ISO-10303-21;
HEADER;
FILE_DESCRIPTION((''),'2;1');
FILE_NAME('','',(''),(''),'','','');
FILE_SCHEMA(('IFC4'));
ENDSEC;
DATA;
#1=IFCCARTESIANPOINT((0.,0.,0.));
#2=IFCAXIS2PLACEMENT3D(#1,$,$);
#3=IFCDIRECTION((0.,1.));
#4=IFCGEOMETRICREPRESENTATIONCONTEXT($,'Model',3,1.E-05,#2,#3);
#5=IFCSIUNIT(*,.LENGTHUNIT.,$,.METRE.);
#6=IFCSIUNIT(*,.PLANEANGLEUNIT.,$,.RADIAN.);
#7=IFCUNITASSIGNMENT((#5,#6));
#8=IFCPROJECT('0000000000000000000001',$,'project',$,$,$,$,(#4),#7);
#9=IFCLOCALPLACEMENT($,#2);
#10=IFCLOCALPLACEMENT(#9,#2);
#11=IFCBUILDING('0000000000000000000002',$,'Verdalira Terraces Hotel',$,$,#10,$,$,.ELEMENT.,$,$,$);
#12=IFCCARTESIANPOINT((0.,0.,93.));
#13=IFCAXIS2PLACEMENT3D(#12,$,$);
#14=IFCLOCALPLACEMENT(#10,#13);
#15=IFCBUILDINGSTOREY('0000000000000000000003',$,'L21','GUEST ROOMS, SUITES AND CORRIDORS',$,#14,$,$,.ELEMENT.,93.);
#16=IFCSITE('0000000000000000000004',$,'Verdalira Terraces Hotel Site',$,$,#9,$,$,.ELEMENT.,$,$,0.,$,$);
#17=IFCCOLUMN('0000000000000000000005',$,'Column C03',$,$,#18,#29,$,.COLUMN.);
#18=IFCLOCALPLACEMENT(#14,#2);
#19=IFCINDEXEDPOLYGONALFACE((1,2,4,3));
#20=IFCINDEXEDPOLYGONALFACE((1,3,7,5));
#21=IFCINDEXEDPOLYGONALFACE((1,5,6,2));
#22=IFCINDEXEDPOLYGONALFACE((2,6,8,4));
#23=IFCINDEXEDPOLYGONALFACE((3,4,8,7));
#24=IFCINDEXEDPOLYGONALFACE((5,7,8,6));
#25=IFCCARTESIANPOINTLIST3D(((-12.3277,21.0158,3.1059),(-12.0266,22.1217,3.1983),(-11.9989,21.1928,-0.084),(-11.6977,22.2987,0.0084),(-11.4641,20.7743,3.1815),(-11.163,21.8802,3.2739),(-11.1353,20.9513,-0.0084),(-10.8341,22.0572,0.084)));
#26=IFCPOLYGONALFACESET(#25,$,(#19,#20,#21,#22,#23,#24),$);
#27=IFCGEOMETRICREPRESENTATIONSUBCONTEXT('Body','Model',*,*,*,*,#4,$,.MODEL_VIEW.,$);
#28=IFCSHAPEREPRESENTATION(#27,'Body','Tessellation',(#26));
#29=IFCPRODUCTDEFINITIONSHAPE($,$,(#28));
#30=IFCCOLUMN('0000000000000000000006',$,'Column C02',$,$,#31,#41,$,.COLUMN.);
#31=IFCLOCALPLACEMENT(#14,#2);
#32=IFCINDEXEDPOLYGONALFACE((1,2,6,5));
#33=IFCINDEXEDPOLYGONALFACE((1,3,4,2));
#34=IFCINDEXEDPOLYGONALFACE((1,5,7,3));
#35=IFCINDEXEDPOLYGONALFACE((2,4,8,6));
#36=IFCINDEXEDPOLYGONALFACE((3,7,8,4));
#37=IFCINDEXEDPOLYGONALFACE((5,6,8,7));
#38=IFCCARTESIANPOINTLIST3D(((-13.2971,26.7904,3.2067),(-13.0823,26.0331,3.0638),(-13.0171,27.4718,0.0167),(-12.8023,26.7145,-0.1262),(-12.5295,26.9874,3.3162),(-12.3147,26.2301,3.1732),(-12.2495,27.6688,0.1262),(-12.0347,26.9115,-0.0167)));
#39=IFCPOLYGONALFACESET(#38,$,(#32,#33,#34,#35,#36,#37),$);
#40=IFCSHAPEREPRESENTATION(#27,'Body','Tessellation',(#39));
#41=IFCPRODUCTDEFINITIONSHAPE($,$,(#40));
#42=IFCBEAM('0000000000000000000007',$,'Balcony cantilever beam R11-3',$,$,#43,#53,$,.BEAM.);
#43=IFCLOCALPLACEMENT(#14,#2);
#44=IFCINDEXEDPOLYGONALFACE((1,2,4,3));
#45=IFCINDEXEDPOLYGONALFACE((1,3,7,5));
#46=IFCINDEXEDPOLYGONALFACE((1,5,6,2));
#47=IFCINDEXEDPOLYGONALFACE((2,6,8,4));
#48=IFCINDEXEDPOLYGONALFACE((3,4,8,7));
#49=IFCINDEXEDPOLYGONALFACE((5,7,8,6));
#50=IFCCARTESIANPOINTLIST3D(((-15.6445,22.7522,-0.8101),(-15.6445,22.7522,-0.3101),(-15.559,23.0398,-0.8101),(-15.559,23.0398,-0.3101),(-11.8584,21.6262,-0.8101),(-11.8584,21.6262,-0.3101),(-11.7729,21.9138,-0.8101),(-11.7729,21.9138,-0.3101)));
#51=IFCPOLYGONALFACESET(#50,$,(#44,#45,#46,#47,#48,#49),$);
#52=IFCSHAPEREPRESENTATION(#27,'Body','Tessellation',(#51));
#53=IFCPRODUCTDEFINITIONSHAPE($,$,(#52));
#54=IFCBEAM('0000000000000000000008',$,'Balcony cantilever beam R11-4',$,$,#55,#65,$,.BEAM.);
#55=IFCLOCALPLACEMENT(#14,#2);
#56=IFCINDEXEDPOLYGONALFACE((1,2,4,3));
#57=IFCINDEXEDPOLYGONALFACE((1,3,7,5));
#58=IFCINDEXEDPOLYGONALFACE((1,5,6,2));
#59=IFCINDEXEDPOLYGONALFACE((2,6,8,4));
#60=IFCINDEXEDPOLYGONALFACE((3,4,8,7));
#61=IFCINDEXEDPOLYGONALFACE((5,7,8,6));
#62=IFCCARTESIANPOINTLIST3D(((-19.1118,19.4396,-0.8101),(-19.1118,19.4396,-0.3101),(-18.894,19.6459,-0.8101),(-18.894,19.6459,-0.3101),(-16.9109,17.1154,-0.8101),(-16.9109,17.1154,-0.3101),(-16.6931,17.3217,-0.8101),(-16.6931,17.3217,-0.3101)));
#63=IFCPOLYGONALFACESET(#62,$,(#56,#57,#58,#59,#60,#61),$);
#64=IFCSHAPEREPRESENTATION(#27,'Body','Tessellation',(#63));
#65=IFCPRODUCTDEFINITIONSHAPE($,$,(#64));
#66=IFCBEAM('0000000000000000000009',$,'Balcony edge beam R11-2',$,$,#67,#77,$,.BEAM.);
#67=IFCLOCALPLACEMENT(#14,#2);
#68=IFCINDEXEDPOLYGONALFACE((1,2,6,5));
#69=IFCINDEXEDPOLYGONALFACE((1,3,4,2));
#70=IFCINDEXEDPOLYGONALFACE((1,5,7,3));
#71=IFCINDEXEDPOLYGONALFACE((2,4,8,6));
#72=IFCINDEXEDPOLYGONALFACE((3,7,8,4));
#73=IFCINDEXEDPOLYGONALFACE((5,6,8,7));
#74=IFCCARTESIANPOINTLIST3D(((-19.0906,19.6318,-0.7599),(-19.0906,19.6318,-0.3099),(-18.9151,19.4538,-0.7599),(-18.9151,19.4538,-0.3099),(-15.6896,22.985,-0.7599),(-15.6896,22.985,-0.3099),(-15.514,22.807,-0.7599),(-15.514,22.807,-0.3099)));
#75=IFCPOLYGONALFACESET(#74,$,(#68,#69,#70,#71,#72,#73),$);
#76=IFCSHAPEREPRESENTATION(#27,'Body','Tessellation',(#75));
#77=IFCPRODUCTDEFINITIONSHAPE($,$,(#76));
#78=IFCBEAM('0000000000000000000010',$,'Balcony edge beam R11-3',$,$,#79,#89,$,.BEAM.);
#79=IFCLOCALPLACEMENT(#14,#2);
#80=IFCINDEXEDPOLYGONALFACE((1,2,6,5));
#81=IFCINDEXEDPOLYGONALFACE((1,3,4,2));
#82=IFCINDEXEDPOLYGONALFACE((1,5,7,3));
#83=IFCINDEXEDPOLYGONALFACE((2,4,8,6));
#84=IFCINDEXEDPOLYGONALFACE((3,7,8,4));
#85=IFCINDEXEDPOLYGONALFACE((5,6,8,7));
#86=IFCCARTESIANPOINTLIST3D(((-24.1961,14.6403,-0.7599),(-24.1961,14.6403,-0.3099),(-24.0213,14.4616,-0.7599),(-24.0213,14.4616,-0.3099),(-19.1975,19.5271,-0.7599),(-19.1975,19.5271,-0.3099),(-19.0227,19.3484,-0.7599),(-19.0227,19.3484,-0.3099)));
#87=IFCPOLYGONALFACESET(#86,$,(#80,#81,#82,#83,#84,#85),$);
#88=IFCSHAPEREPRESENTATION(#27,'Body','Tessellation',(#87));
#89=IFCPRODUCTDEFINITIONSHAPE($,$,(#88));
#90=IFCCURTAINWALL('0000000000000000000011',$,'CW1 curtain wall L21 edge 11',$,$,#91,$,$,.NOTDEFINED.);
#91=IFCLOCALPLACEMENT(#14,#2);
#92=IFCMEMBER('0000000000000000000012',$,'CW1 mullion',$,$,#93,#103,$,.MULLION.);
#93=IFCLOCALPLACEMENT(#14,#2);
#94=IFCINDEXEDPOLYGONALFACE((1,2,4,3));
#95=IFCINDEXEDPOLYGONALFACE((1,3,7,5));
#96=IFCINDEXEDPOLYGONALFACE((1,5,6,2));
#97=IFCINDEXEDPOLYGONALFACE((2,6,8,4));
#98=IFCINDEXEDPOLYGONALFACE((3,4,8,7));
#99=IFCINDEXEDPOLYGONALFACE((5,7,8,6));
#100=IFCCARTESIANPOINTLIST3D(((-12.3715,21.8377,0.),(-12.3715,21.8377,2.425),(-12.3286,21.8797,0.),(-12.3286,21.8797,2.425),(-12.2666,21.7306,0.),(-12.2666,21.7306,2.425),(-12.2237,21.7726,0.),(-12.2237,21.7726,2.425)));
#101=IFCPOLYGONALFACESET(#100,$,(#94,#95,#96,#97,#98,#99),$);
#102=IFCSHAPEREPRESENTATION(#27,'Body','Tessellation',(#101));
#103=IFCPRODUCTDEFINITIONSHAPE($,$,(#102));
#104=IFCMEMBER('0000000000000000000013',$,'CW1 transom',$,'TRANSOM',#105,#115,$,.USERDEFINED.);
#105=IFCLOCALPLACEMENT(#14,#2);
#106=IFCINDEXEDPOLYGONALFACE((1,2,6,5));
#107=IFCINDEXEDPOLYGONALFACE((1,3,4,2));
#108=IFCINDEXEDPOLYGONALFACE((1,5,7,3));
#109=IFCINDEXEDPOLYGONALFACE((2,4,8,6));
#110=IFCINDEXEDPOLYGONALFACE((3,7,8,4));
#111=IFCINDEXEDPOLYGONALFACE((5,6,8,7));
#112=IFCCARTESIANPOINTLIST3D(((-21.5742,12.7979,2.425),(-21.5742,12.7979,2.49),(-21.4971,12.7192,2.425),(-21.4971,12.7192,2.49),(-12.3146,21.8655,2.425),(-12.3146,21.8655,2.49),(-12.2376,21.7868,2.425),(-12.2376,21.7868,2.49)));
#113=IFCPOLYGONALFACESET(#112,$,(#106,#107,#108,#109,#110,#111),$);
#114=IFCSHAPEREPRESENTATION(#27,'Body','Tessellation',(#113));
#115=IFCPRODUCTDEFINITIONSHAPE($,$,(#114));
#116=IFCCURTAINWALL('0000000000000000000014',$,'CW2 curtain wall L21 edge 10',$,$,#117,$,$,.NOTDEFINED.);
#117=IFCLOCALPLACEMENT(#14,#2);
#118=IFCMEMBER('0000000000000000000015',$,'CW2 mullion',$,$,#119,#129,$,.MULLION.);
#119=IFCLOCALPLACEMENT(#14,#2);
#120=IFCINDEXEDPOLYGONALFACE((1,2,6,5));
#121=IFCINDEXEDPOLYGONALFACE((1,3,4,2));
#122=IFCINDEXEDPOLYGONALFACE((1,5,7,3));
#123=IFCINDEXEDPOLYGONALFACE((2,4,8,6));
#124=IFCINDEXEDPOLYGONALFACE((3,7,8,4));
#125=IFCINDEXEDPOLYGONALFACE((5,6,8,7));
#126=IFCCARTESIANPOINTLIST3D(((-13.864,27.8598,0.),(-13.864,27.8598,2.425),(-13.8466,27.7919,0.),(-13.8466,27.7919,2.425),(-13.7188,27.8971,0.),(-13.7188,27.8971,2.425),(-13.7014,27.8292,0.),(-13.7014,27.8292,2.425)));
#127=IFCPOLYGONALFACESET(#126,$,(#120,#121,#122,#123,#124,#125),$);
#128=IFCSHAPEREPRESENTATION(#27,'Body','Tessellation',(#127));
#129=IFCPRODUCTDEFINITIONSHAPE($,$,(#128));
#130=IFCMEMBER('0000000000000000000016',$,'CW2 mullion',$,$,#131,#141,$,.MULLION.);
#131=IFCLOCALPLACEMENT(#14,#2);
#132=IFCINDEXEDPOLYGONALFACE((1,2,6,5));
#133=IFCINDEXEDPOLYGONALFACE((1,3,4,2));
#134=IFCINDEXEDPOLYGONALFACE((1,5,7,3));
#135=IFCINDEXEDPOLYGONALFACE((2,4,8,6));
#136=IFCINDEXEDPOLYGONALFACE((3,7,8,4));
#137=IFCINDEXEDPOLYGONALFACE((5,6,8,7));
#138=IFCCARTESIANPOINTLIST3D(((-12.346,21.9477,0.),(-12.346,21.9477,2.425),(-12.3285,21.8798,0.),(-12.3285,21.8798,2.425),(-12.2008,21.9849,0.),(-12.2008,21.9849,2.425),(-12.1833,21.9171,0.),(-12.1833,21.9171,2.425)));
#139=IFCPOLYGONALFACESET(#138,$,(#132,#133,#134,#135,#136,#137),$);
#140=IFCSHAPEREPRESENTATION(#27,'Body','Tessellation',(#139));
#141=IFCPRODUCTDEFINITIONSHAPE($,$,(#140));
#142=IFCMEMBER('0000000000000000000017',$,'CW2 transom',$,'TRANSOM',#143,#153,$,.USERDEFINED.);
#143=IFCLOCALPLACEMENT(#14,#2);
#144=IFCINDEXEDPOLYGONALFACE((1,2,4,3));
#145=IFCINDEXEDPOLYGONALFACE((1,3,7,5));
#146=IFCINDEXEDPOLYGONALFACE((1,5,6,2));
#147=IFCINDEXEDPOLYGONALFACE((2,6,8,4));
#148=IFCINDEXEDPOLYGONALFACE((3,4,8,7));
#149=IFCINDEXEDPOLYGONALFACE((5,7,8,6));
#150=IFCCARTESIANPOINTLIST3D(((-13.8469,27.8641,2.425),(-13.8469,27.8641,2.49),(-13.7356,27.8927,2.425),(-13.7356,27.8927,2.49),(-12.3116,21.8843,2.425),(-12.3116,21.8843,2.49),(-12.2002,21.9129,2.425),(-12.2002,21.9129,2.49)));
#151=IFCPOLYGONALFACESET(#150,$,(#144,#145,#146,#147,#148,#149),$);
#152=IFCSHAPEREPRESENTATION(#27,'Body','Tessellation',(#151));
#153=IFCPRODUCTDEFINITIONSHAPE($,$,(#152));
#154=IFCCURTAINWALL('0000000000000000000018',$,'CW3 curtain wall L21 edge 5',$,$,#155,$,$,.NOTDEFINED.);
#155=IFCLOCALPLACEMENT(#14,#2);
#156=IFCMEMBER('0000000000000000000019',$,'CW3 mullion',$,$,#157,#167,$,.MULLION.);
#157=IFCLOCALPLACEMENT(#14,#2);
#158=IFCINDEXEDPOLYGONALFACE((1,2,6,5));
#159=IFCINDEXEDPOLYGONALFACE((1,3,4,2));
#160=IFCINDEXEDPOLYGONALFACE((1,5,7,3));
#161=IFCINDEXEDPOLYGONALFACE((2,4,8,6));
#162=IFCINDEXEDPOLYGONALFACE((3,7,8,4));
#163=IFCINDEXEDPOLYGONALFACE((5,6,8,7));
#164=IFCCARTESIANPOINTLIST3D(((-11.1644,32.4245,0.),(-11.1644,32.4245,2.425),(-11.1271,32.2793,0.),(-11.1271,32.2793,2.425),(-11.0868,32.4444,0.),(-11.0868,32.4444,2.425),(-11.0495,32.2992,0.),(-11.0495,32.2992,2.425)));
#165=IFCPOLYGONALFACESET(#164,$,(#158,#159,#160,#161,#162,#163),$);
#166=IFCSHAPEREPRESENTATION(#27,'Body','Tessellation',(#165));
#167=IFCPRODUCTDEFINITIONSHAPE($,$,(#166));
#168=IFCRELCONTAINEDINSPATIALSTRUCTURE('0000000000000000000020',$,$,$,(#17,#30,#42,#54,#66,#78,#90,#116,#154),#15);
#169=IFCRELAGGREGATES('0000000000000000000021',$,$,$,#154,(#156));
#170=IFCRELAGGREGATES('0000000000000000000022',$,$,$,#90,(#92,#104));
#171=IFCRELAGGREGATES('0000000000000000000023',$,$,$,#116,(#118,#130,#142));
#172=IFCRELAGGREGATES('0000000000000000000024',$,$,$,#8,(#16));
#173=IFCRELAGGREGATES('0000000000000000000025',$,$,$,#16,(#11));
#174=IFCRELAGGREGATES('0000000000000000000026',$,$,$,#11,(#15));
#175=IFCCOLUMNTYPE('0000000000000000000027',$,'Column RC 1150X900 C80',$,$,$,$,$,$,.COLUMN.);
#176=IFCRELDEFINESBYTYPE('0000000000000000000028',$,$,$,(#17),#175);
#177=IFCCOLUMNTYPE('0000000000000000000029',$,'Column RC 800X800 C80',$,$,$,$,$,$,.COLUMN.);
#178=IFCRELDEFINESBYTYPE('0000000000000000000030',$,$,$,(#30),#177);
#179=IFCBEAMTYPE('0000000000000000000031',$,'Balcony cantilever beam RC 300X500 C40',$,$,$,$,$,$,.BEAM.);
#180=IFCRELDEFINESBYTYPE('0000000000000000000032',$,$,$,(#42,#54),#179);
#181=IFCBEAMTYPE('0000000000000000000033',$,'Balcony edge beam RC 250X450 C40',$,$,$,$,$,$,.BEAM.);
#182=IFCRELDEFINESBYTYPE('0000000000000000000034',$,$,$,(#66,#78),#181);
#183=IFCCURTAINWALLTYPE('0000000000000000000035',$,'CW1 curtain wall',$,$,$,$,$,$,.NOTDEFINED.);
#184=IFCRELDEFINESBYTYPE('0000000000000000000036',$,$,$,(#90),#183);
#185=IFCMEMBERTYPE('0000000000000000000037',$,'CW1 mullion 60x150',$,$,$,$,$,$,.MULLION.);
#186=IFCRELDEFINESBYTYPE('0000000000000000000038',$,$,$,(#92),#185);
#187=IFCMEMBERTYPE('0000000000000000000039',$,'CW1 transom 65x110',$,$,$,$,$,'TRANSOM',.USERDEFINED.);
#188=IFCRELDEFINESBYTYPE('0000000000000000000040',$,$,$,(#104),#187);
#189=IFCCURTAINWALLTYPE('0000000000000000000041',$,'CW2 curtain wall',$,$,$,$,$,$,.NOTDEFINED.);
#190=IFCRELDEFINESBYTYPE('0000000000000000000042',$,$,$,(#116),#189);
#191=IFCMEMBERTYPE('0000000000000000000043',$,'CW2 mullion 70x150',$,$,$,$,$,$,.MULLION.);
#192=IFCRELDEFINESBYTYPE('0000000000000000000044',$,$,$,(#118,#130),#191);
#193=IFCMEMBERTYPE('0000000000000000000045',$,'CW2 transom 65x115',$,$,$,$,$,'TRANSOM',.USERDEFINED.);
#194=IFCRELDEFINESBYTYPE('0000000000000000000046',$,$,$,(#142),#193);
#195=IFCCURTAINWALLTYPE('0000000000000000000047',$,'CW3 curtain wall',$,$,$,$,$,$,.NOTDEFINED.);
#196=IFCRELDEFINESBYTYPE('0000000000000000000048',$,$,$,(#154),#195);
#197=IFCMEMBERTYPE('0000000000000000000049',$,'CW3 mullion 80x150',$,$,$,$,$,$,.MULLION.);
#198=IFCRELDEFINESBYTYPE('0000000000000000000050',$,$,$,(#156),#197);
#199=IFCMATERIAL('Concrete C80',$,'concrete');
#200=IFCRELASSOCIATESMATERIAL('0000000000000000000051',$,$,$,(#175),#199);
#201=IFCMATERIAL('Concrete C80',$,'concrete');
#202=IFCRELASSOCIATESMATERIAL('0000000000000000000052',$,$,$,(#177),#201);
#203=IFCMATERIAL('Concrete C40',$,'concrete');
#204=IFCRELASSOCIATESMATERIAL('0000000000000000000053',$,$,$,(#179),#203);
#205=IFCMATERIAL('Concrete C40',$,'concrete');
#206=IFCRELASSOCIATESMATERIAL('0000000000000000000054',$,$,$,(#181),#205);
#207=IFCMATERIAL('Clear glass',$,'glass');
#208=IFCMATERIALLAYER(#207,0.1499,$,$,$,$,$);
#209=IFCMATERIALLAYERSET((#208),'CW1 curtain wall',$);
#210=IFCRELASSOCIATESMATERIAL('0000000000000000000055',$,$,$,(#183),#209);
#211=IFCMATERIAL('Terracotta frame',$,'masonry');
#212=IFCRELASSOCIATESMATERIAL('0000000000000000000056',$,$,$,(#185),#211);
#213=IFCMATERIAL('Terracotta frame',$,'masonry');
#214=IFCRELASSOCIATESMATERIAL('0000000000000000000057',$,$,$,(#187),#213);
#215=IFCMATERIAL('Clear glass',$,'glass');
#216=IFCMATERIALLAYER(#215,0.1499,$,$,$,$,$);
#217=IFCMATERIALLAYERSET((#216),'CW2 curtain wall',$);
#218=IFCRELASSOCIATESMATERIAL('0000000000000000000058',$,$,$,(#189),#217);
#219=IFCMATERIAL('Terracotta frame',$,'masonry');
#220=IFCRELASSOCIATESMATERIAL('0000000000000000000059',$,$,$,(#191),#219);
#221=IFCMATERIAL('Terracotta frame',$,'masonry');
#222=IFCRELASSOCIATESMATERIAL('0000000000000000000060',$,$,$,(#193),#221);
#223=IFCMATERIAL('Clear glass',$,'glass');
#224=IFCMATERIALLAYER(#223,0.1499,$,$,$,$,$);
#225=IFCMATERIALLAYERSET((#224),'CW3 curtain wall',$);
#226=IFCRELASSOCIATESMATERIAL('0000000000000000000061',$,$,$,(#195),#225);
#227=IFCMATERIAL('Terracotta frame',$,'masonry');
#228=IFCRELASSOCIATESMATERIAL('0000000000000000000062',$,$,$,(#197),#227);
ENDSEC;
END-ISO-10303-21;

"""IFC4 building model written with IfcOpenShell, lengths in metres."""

from ifc_helpers import new_model, si_unit, direction, frame, origin, origin_2d, place, context, subcontext, project, spatial, rectangle, extrude, material, layer, layer_set, material_profile, profile_set, type_object, element, aggregate, save


model = new_model("IFC4")

# Units and contexts
model_context = context("Model", 3, precision=1e-05, world=origin(), true_north=direction((0.0, 1.0)))
body_context = subcontext(model_context, "Body", "Model", "MODEL_VIEW")
ifc_project = project(units=[si_unit("LENGTHUNIT", "METRE"), si_unit("PLANEANGLEUNIT", "RADIAN")], contexts=[model_context])

# Site, building, storey
site_placement = place(None, origin())
site = spatial("IfcSite", under=ifc_project, at=site_placement, Name="Verdalira Terraces Hotel Site", CompositionType="ELEMENT", RefElevation=0.0)
building_placement = place(site_placement, origin())
building = spatial("IfcBuilding", under=site, at=building_placement, Name="Verdalira Terraces Hotel", CompositionType="ELEMENT")
storey_placement = place(building_placement, frame((0.0, 0.0, 93.0)))
storey = spatial("IfcBuildingStorey", under=building, at=storey_placement, Name="L21", Description="GUEST ROOMS, SUITES AND CORRIDORS", CompositionType="ELEMENT", Elevation=93.0)

# Columns
ifc_material_1 = material(Name="Concrete C80", Category="concrete")
ifc_material_profile_1 = material_profile(ifc_material_1, rectangle(XDim=1.1499, YDim=0.8999, at=origin_2d()), Name="RC 1150X900")
ifc_profile_set_1 = profile_set([ifc_material_profile_1], Name="Concrete C80")
column_type_1 = type_object("IfcColumnType", Name="Column RC 1150X900 C80", PredefinedType="COLUMN", material=ifc_profile_set_1)
column_1_placement = place(storey_placement, frame((-11.4165, 21.625, 0.0), z_axis=(-0.102393, -0.055111, 0.993216), x_axis=(0.26186, 0.961754, 0.080361)))
element("IfcColumn", 1, at=column_1_placement, inside=storey, type_object=column_type_1, Name="Column C03", PredefinedType="COLUMN", context=body_context, shape_type="SweptSolid", body=[
    extrude(rectangle(XDim=1.1499, YDim=0.8999, at=origin_2d()), origin(), (0.0, 0.0, 1.0), 3.2117),
])
ifc_material_2 = material(Name="Concrete C80", Category="concrete")
ifc_material_profile_2 = material_profile(ifc_material_2, rectangle(XDim=0.8, YDim=0.8, at=origin_2d()), Name="RC 800X800")
ifc_profile_set_2 = profile_set([ifc_material_profile_2], Name="Concrete C80")
column_type_2 = type_object("IfcColumnType", Name="Column RC 800X800 C80", PredefinedType="COLUMN", material=ifc_profile_set_2)
column_2_placement = place(storey_placement, frame((-12.5259, 27.1916, 0.0), z_axis=(-0.085534, -0.20813, 0.974354), x_axis=(0.268484, -0.946577, -0.178627)))
element("IfcColumn", 2, at=column_2_placement, inside=storey, type_object=column_type_2, Name="Column C02", PredefinedType="COLUMN", context=body_context, shape_type="SweptSolid", body=[
    extrude(rectangle(XDim=0.8, YDim=0.8, at=origin_2d()), origin(), (0.0, 0.0, 1.0), 3.2739),
])

# Beams
ifc_material_3 = material(Name="Concrete C40", Category="concrete")
ifc_material_profile_3 = material_profile(ifc_material_3, rectangle(XDim=0.3, YDim=0.5, at=origin_2d()), Name="RC 300X500")
ifc_profile_set_3 = profile_set([ifc_material_profile_3], Name="Concrete C40")
beam_type_1 = type_object("IfcBeamType", Name="Balcony cantilever beam RC 300X500 C40", PredefinedType="BEAM", material=ifc_profile_set_3)
beam_1_placement = place(storey_placement, frame((-11.8157, 21.77, -0.5601), z_axis=(-0.958511, 0.285056, 0.0), x_axis=(-0.285056, -0.958511, 0.0)))
element("IfcBeam", 3, at=beam_1_placement, inside=storey, type_object=beam_type_1, Name="Balcony cantilever beam R11-3", PredefinedType="BEAM", context=body_context, shape_type="SweptSolid", body=[
    extrude(rectangle(XDim=0.3, YDim=0.5, at=origin_2d()), origin(), (0.0, 0.0, 1.0), 3.95),
])
beam_2_placement = place(storey_placement, frame((-16.802, 17.2185, -0.5601), z_axis=(-0.687586, 0.726103, 0.0), x_axis=(-0.726103, -0.687586, 0.0)))
element("IfcBeam", 4, at=beam_2_placement, inside=storey, type_object=beam_type_1, Name="Balcony cantilever beam R11-4", PredefinedType="BEAM", context=body_context, shape_type="SweptSolid", body=[
    extrude(rectangle(XDim=0.3, YDim=0.5, at=origin_2d()), origin(), (0.0, 0.0, 1.0), 3.2009),
])
ifc_material_4 = material(Name="Concrete C40", Category="concrete")
ifc_material_profile_4 = material_profile(ifc_material_4, rectangle(XDim=0.25, YDim=0.45, at=origin_2d()), Name="RC 250X450")
ifc_profile_set_4 = profile_set([ifc_material_profile_4], Name="Concrete C40")
beam_type_2 = type_object("IfcBeamType", Name="Balcony edge beam RC 250X450 C40", PredefinedType="BEAM", material=ifc_profile_set_4)
beam_3_placement = place(storey_placement, frame((-15.6018, 22.896, -0.5349), z_axis=(-0.712098, -0.70208, 0.0), x_axis=(0.70208, -0.712098, 0.0)))
element("IfcBeam", 5, at=beam_3_placement, inside=storey, type_object=beam_type_2, Name="Balcony edge beam R11-2", PredefinedType="BEAM", context=body_context, shape_type="SweptSolid", body=[
    extrude(rectangle(XDim=0.25, YDim=0.45, at=origin_2d()), origin(), (0.0, 0.0, 1.0), 4.7761),
])
beam_4_placement = place(storey_placement, frame((-19.1101, 19.4377, -0.5349), z_axis=(-0.715059, -0.699064, 0.0), x_axis=(0.699064, -0.715059, 0.0)))
element("IfcBeam", 6, at=beam_4_placement, inside=storey, type_object=beam_type_2, Name="Balcony edge beam R11-3", PredefinedType="BEAM", context=body_context, shape_type="SweptSolid", body=[
    extrude(rectangle(XDim=0.25, YDim=0.45, at=origin_2d()), origin(), (0.0, 0.0, 1.0), 6.9905),
])

# Curtain walls, members
ifc_material_5 = material(Name="Clear glass", Category="glass")
ifc_layer_1 = layer(ifc_material_5, 0.1499)
ifc_layer_set_1 = layer_set([ifc_layer_1], Name="CW1 curtain wall")
curtain_wall_type_1 = type_object("IfcCurtainWallType", Name="CW1 curtain wall", PredefinedType="NOTDEFINED", material=ifc_layer_set_1)
curtain_wall_1_placement = place(storey_placement, origin())
curtain_wall_1 = element("IfcCurtainWall", 7, at=curtain_wall_1_placement, inside=storey, type_object=curtain_wall_type_1, Name="CW1 curtain wall L21 edge 11", PredefinedType="NOTDEFINED")
ifc_material_6 = material(Name="Terracotta frame", Category="masonry")
ifc_material_profile_5 = material_profile(ifc_material_6, rectangle(XDim=0.0601, YDim=0.1499, at=origin_2d()), Name="MU 60x150")
ifc_profile_set_5 = profile_set([ifc_material_profile_5], Name="Terracotta frame")
member_type_1 = type_object("IfcMemberType", Name="CW1 mullion 60x150", PredefinedType="MULLION", material=ifc_profile_set_5)
member_1_placement = place(storey_placement, frame((-12.2976, 21.8052, 0.0), z_axis=(0.0, 0.0, 1.0), x_axis=(-0.714473, -0.699663, 0.0)))
member_1 = element("IfcMember", 8, at=member_1_placement, type_object=member_type_1, Name="CW1 mullion", PredefinedType="MULLION", context=body_context, shape_type="SweptSolid", body=[
    extrude(rectangle(XDim=0.0601, YDim=0.1499, at=origin_2d()), origin(), (0.0, 0.0, 1.0), 2.425),
])
ifc_material_7 = material(Name="Terracotta frame", Category="masonry")
ifc_material_profile_6 = material_profile(ifc_material_7, rectangle(XDim=0.1101, YDim=0.0649, at=origin_2d()), Name="TR 65x110")
ifc_profile_set_6 = profile_set([ifc_material_profile_6], Name="Terracotta frame")
member_type_2 = type_object("IfcMemberType", Name="CW1 transom 65x110", ElementType="TRANSOM", PredefinedType="USERDEFINED", material=ifc_profile_set_6)
member_2_placement = place(storey_placement, frame((-12.2761, 21.8262, 2.4575), z_axis=(-0.714471, -0.699665, 0.0), x_axis=(0.699665, -0.714471, 0.0)))
member_2 = element("IfcMember", 9, at=member_2_placement, type_object=member_type_2, Name="CW1 transom", ObjectType="TRANSOM", PredefinedType="USERDEFINED", context=body_context, shape_type="SweptSolid", body=[
    extrude(rectangle(XDim=0.1101, YDim=0.0649, at=origin_2d()), origin(), (0.0, 0.0, 1.0), 12.96),
])
ifc_material_8 = material(Name="Clear glass", Category="glass")
ifc_layer_2 = layer(ifc_material_8, 0.1499)
ifc_layer_set_2 = layer_set([ifc_layer_2], Name="CW2 curtain wall")
curtain_wall_type_2 = type_object("IfcCurtainWallType", Name="CW2 curtain wall", PredefinedType="NOTDEFINED", material=ifc_layer_set_2)
curtain_wall_2_placement = place(storey_placement, origin())
curtain_wall_2 = element("IfcCurtainWall", 10, at=curtain_wall_2_placement, inside=storey, type_object=curtain_wall_type_2, Name="CW2 curtain wall L21 edge 10", PredefinedType="NOTDEFINED")
ifc_material_9 = material(Name="Terracotta frame", Category="masonry")
ifc_material_profile_7 = material_profile(ifc_material_9, rectangle(XDim=0.0701, YDim=0.1499, at=origin_2d()), Name="MU 70x150")
ifc_profile_set_7 = profile_set([ifc_material_profile_7], Name="Terracotta frame")
member_type_3 = type_object("IfcMemberType", Name="CW2 mullion 70x150", PredefinedType="MULLION", material=ifc_profile_set_7)
member_3_placement = place(storey_placement, frame((-13.7827, 27.8445, 0.0), z_axis=(0.0, 0.0, 1.0), x_axis=(0.24869, -0.968583, 0.0)))
member_3 = element("IfcMember", 11, at=member_3_placement, type_object=member_type_3, Name="CW2 mullion", PredefinedType="MULLION", context=body_context, shape_type="SweptSolid", body=[
    extrude(rectangle(XDim=0.0701, YDim=0.1499, at=origin_2d()), origin(), (0.0, 0.0, 1.0), 2.425),
])
member_4_placement = place(storey_placement, frame((-12.2646, 21.9324, 0.0), z_axis=(0.0, 0.0, 1.0), x_axis=(0.24869, -0.968583, 0.0)))
member_4 = element("IfcMember", 12, at=member_4_placement, type_object=member_type_3, Name="CW2 mullion", PredefinedType="MULLION", context=body_context, shape_type="SweptSolid", body=[
    extrude(rectangle(XDim=0.0701, YDim=0.1499, at=origin_2d()), origin(), (0.0, 0.0, 1.0), 2.425),
])
ifc_material_10 = material(Name="Terracotta frame", Category="masonry")
ifc_material_profile_8 = material_profile(ifc_material_10, rectangle(XDim=0.115, YDim=0.0649, at=origin_2d()), Name="TR 65x115")
ifc_profile_set_8 = profile_set([ifc_material_profile_8], Name="Terracotta frame")
member_type_4 = type_object("IfcMemberType", Name="CW2 transom 65x115", ElementType="TRANSOM", PredefinedType="USERDEFINED", material=ifc_profile_set_8)
member_5_placement = place(storey_placement, frame((-13.7913, 27.8784, 2.4575), z_axis=(0.24869, -0.968583, 0.0), x_axis=(0.968583, 0.24869, 0.0)))
member_5 = element("IfcMember", 13, at=member_5_placement, type_object=member_type_4, Name="CW2 transom", ObjectType="TRANSOM", PredefinedType="USERDEFINED", context=body_context, shape_type="SweptSolid", body=[
    extrude(rectangle(XDim=0.115, YDim=0.0649, at=origin_2d()), origin(), (0.0, 0.0, 1.0), 6.1738),
])

# Curtain wall, member
ifc_material_11 = material(Name="Clear glass", Category="glass")
ifc_layer_3 = layer(ifc_material_11, 0.1499)
ifc_layer_set_3 = layer_set([ifc_layer_3], Name="CW3 curtain wall")
curtain_wall_type_3 = type_object("IfcCurtainWallType", Name="CW3 curtain wall", PredefinedType="NOTDEFINED", material=ifc_layer_set_3)
curtain_wall_3_placement = place(storey_placement, origin())
curtain_wall_3 = element("IfcCurtainWall", 14, at=curtain_wall_3_placement, inside=storey, type_object=curtain_wall_type_3, Name="CW3 curtain wall L21 edge 5", PredefinedType="NOTDEFINED")
ifc_material_12 = material(Name="Terracotta frame", Category="masonry")
ifc_material_profile_9 = material_profile(ifc_material_12, rectangle(XDim=0.0801, YDim=0.1499, at=origin_2d()), Name="MU 80x150")
ifc_profile_set_9 = profile_set([ifc_material_profile_9], Name="Terracotta frame")
member_type_5 = type_object("IfcMemberType", Name="CW3 mullion 80x150", PredefinedType="MULLION", material=ifc_profile_set_9)
member_6_placement = place(storey_placement, frame((-11.1069, 32.3618, 0.0), z_axis=(0.0, 0.0, 1.0), x_axis=(-0.968583, -0.24869, 0.0)))
member_6 = element("IfcMember", 15, at=member_6_placement, type_object=member_type_5, Name="CW3 mullion", PredefinedType="MULLION", context=body_context, shape_type="SweptSolid", body=[
    extrude(rectangle(XDim=0.0801, YDim=0.1499, at=origin_2d()), origin(), (0.0, 0.0, 1.0), 2.425),
])
aggregate(curtain_wall_3, [member_6])

aggregate(curtain_wall_1, [member_1, member_2])
aggregate(curtain_wall_2, [member_3, member_4, member_5])

save(model, "model.ifc")
